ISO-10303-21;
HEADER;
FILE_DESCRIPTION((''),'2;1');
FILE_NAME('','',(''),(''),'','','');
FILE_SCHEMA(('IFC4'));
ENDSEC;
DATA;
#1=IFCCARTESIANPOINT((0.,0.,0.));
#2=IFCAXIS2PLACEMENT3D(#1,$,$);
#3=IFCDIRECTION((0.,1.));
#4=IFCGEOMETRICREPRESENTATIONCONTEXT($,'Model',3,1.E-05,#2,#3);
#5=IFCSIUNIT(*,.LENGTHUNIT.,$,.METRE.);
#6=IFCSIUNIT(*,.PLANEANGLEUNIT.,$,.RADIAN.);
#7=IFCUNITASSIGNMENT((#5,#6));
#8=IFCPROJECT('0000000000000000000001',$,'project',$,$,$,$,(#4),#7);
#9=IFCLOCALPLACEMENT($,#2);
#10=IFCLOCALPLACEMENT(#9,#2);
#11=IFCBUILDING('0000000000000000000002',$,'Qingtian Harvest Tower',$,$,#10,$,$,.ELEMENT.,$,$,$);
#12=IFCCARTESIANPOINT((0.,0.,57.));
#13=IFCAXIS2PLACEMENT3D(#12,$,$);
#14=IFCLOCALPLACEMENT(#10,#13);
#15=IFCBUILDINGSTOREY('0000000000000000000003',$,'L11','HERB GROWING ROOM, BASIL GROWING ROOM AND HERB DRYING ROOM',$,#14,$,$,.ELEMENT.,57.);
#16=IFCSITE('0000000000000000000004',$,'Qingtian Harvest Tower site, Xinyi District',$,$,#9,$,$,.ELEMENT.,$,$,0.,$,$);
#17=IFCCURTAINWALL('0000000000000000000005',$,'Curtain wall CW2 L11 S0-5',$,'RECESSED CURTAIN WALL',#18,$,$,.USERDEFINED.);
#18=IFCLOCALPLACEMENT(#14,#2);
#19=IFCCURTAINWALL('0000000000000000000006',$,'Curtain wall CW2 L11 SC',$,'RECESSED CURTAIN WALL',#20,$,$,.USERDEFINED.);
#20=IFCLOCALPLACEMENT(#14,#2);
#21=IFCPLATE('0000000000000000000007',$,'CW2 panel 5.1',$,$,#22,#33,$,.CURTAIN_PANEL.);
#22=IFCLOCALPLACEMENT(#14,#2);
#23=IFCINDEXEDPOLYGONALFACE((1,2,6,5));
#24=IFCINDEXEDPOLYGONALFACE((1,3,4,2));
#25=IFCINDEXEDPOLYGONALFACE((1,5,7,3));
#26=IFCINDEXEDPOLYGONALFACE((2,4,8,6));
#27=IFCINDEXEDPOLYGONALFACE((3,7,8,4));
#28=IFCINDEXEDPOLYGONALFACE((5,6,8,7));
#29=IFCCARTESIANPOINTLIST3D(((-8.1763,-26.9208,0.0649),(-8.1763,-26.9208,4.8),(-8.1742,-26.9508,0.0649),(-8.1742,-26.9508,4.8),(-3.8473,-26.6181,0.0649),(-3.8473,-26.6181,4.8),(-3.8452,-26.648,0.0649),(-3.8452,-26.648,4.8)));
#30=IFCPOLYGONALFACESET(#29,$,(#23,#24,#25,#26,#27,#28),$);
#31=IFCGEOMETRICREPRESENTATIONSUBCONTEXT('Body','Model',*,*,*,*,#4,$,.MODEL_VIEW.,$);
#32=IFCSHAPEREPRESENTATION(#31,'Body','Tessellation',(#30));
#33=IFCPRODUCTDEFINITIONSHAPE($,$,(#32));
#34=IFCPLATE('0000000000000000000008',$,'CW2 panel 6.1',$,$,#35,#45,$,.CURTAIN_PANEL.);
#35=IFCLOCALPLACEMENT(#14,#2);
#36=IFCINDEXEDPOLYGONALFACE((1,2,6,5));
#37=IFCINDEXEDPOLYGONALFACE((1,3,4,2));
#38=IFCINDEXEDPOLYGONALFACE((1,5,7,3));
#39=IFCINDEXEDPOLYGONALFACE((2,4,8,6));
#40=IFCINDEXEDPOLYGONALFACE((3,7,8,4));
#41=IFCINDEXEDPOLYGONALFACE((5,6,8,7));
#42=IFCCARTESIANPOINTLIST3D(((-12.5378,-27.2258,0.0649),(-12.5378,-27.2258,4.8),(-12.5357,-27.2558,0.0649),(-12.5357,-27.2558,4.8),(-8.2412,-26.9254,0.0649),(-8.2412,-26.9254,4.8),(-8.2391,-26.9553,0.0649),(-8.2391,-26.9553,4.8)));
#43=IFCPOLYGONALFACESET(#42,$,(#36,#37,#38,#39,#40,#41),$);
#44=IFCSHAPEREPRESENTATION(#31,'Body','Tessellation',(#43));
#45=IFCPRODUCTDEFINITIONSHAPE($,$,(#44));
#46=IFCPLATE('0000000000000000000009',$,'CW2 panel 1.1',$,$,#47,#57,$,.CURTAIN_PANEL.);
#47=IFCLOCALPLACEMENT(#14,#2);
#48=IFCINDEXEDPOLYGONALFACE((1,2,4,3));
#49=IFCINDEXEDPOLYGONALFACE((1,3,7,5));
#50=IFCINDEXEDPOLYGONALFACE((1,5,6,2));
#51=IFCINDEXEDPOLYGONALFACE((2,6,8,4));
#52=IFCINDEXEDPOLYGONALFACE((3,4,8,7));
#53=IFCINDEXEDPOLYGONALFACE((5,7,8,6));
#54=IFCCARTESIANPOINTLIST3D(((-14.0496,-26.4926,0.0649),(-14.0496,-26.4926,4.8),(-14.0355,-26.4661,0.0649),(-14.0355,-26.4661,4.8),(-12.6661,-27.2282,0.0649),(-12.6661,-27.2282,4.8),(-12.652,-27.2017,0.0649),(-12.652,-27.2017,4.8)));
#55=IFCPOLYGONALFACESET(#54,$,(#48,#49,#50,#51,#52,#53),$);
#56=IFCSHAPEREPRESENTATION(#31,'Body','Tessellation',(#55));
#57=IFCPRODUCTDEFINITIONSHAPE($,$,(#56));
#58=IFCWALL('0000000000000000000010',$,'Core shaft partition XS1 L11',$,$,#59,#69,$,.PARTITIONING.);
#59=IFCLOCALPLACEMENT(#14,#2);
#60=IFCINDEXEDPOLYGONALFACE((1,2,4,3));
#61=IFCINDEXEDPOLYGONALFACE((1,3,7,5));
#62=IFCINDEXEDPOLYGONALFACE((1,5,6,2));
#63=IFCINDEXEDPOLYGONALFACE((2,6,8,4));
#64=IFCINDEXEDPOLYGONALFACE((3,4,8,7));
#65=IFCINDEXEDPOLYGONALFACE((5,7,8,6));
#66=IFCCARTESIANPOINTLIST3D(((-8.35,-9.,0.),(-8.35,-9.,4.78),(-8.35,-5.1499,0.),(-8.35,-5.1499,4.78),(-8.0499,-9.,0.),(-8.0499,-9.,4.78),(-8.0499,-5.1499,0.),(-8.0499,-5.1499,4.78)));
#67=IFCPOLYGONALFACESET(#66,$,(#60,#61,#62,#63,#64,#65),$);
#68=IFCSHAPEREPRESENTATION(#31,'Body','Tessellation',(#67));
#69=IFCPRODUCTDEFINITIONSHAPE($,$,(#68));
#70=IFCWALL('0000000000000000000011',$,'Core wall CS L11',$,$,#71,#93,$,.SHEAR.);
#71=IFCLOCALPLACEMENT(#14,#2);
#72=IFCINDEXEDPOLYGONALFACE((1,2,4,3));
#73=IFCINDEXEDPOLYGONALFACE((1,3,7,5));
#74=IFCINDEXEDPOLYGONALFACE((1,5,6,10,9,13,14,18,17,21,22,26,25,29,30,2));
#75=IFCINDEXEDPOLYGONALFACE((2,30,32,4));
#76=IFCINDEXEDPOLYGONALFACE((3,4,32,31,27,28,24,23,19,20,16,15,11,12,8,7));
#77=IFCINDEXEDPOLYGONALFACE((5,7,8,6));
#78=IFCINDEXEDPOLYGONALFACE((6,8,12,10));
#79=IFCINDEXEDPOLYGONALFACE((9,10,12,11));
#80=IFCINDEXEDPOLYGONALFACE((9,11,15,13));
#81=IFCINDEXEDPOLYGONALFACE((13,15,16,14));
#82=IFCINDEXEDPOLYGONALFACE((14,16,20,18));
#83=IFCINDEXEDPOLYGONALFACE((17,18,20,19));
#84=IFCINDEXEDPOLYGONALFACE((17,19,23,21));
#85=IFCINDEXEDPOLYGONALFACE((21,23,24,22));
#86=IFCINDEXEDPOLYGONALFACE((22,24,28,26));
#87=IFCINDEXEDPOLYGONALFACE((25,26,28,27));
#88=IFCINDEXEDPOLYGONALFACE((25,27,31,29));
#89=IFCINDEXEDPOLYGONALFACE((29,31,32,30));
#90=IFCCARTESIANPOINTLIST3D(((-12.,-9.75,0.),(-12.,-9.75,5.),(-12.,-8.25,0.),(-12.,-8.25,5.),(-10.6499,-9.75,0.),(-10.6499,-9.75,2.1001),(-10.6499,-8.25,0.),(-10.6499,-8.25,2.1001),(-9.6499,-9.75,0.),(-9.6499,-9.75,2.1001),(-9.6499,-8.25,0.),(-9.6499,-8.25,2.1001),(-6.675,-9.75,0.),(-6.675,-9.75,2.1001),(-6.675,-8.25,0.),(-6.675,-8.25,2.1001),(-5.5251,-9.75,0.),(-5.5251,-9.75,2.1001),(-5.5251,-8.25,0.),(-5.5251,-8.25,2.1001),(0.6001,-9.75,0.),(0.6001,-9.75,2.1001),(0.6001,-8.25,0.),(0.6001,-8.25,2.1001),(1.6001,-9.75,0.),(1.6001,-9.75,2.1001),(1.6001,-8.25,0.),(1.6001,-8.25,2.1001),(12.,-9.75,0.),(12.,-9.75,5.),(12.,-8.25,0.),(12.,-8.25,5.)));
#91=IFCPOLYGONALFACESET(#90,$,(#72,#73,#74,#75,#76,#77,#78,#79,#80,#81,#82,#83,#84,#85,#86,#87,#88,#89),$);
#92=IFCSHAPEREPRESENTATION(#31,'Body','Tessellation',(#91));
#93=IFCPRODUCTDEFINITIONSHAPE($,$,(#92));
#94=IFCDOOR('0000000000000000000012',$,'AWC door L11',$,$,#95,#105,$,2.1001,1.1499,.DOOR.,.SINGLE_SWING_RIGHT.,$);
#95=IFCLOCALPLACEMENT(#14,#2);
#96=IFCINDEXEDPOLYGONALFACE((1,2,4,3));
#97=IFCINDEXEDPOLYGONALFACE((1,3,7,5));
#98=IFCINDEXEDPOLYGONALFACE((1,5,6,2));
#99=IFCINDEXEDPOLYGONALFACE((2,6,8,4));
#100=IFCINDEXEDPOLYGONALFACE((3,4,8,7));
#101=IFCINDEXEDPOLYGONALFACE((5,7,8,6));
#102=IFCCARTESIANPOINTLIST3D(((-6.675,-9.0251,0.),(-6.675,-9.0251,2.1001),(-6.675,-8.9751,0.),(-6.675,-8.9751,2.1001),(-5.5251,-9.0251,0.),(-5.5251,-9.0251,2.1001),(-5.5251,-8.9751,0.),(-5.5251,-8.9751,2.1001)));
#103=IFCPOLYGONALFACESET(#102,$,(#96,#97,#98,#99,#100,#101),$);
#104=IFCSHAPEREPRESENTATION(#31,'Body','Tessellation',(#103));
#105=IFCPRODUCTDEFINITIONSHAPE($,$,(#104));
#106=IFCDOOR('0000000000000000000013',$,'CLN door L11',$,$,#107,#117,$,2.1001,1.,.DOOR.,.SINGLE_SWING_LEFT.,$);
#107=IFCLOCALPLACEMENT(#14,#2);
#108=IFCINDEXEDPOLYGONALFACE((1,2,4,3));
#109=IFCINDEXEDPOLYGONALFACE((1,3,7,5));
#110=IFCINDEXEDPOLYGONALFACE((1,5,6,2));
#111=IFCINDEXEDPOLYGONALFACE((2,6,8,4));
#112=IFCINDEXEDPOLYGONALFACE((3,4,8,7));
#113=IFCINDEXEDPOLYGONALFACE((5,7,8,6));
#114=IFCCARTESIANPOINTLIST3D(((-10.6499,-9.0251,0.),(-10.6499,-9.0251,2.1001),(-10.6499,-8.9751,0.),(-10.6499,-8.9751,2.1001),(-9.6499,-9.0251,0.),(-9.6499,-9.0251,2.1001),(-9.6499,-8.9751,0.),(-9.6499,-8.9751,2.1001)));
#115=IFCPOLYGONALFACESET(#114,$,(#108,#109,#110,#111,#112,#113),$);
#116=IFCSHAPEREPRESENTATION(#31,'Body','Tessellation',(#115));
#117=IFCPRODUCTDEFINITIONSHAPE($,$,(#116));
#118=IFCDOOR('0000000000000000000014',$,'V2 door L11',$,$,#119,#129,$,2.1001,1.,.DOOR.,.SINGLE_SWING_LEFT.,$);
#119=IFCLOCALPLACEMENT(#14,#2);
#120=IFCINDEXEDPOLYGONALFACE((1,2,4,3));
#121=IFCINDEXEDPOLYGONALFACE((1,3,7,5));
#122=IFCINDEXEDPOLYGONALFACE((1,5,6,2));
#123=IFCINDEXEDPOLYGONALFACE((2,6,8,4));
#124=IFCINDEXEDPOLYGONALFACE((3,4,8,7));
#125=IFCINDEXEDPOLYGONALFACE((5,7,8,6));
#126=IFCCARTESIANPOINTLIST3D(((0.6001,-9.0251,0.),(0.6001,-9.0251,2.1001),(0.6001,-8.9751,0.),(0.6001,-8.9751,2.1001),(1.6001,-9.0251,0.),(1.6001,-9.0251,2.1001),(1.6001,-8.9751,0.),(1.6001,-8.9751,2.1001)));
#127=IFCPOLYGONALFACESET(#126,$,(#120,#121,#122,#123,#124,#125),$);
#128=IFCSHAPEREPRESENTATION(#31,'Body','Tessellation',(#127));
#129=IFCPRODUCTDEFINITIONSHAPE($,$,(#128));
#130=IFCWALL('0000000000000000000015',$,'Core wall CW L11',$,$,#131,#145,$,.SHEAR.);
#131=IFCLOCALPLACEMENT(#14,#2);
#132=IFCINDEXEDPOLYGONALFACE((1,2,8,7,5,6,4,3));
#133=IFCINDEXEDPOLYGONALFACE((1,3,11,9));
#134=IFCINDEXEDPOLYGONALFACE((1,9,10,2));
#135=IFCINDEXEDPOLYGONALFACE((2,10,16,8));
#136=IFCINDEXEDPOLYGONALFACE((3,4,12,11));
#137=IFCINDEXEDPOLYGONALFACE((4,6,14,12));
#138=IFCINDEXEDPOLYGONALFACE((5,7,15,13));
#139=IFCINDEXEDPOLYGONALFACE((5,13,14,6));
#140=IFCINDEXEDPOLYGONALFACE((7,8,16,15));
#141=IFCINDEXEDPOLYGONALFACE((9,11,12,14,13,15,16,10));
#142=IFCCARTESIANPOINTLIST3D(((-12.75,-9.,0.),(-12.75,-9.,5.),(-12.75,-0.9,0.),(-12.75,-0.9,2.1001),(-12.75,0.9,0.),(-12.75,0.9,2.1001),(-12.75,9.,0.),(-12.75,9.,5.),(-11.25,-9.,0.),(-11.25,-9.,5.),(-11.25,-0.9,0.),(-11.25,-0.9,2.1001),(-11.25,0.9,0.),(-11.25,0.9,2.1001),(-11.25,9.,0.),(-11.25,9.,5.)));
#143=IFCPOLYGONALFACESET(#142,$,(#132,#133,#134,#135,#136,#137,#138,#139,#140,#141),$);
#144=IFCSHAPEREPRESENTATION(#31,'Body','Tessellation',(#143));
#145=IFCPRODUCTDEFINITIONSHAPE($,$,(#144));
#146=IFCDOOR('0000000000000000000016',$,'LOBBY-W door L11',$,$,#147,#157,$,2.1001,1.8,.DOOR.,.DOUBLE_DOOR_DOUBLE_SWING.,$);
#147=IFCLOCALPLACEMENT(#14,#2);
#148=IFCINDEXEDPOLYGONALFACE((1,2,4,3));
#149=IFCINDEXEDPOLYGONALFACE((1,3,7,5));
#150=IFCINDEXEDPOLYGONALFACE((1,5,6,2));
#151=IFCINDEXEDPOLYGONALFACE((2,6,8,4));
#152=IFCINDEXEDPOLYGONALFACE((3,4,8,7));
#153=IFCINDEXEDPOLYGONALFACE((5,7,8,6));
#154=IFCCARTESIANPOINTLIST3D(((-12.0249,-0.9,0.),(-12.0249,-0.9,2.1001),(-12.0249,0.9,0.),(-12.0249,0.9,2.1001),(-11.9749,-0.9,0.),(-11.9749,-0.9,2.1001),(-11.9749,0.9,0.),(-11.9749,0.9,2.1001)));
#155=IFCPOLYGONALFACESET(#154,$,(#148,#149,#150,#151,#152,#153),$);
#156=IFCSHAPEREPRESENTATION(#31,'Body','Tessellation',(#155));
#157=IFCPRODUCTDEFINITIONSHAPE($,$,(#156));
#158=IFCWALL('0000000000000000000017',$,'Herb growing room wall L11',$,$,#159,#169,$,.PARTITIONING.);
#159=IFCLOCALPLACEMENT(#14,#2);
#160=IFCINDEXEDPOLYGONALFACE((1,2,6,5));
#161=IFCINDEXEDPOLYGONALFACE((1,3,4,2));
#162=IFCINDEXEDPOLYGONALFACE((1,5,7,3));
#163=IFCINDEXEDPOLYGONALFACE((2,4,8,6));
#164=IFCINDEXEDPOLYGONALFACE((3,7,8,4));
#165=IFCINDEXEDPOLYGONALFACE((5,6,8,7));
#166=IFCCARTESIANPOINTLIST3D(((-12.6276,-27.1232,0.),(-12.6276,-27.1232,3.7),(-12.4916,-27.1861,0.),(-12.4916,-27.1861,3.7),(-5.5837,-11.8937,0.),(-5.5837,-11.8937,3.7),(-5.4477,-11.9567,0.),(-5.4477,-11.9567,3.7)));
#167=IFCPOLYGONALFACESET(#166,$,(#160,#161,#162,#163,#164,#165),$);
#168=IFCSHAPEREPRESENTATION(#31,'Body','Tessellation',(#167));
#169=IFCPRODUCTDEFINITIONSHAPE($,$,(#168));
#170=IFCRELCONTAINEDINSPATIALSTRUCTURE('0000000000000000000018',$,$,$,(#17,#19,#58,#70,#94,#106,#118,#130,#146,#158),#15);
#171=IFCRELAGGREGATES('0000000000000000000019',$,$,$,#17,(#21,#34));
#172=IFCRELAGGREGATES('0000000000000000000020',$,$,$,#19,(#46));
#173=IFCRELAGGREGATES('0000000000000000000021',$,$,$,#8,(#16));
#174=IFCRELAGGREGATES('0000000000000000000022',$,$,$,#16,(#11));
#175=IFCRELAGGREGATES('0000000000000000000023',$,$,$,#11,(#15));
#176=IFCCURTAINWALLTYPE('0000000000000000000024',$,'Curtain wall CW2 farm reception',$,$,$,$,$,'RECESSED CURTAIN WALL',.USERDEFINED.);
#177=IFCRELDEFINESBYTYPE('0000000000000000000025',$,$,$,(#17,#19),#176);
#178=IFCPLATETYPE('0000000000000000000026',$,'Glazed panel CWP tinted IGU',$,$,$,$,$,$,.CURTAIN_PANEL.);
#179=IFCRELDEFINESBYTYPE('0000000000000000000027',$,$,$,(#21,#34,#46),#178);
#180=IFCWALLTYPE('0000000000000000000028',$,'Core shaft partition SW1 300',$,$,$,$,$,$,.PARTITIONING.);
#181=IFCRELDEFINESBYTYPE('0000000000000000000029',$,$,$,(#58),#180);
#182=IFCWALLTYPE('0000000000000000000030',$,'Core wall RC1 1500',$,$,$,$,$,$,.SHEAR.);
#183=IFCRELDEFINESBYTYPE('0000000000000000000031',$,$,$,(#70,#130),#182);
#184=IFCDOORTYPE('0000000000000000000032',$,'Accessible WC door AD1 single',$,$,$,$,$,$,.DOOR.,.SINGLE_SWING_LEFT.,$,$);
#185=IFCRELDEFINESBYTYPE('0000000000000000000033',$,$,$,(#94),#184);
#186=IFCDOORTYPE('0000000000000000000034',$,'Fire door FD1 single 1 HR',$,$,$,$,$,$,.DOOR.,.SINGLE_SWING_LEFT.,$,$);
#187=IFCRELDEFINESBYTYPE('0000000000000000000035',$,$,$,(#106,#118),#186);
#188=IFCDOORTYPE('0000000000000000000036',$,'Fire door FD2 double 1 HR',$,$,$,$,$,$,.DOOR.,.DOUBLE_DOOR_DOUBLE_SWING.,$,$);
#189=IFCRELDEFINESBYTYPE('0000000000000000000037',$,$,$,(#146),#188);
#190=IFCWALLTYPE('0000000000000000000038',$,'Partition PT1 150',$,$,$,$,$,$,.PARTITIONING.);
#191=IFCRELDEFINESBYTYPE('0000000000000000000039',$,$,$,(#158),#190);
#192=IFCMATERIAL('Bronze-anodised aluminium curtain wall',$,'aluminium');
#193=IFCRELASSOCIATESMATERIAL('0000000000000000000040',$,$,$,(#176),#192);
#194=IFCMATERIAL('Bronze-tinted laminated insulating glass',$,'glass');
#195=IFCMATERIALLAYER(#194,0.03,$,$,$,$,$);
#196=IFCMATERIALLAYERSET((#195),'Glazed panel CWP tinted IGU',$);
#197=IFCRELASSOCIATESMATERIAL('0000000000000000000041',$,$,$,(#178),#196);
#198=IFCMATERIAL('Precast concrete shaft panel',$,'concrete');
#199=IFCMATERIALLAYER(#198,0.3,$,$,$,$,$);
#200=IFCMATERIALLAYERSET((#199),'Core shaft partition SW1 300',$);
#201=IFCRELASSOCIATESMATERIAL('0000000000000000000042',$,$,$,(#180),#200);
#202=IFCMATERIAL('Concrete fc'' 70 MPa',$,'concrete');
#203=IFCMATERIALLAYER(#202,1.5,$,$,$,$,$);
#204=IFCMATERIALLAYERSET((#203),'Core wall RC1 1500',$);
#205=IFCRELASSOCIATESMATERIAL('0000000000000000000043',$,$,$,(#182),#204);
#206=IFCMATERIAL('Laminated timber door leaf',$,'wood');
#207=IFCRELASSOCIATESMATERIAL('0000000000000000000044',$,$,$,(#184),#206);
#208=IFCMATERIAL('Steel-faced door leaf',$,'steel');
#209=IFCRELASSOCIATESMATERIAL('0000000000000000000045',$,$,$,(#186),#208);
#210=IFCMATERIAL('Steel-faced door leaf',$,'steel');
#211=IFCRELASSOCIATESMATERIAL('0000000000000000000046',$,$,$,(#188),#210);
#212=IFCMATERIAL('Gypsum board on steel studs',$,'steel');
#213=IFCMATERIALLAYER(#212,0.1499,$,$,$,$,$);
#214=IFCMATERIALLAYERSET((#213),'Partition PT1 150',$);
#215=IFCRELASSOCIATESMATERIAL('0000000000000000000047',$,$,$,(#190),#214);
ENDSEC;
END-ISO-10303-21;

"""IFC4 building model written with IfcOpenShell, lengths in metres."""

from ifc_helpers import new_model, si_unit, direction, frame, frame_2d, origin, origin_2d, place, context, subcontext, project, spatial, rectangle, extrude, material, layer, layer_set, type_object, element, fill, aggregate, save


model = new_model("IFC4")

# Units and contexts
model_context = context("Model", 3, precision=1e-05, world=origin(), true_north=direction((0.0, 1.0)))
body_context = subcontext(model_context, "Body", "Model", "MODEL_VIEW")
ifc_project = project(units=[si_unit("LENGTHUNIT", "METRE"), si_unit("PLANEANGLEUNIT", "RADIAN")], contexts=[model_context])

# Site, building, storey
site_placement = place(None, origin())
site = spatial("IfcSite", under=ifc_project, at=site_placement, Name="Qingtian Harvest Tower site, Xinyi District", CompositionType="ELEMENT", RefElevation=0.0)
building_placement = place(site_placement, origin())
building = spatial("IfcBuilding", under=site, at=building_placement, Name="Qingtian Harvest Tower", CompositionType="ELEMENT")
storey_placement = place(building_placement, frame((0.0, 0.0, 57.0)))
storey = spatial("IfcBuildingStorey", under=building, at=storey_placement, Name="L11", Description="HERB GROWING ROOM, BASIL GROWING ROOM AND HERB DRYING ROOM", CompositionType="ELEMENT", Elevation=57.0)

# Curtain walls
ifc_material_1 = material(Name="Bronze-anodised aluminium curtain wall", Category="aluminium")
curtain_wall_type = type_object("IfcCurtainWallType", Name="Curtain wall CW2 farm reception", ElementType="RECESSED CURTAIN WALL", PredefinedType="USERDEFINED", material=ifc_material_1)
curtain_wall_1_placement = place(storey_placement, origin())
curtain_wall_1 = element("IfcCurtainWall", 1, at=curtain_wall_1_placement, inside=storey, type_object=curtain_wall_type, Name="Curtain wall CW2 L11 S0-5", ObjectType="RECESSED CURTAIN WALL", PredefinedType="USERDEFINED")
curtain_wall_2_placement = place(storey_placement, origin())
curtain_wall_2 = element("IfcCurtainWall", 2, at=curtain_wall_2_placement, inside=storey, type_object=curtain_wall_type, Name="Curtain wall CW2 L11 SC", ObjectType="RECESSED CURTAIN WALL", PredefinedType="USERDEFINED")

# Plates
ifc_material_2 = material(Name="Bronze-tinted laminated insulating glass", Category="glass")
ifc_layer_1 = layer(ifc_material_2, 0.03)
ifc_layer_set_1 = layer_set([ifc_layer_1], Name="Glazed panel CWP tinted IGU")
plate_type = type_object("IfcPlateType", Name="Glazed panel CWP tinted IGU", PredefinedType="CURTAIN_PANEL", material=ifc_layer_set_1)
plate_1_placement = place(storey_placement, frame((-6.0107, -26.7844, 0.0649), z_axis=(0.0, 0.0, 1.0), x_axis=(-0.997564, -0.069756, 0.0)))
plate_1 = element("IfcPlate", 3, at=plate_1_placement, type_object=plate_type, Name="CW2 panel 5.1", PredefinedType="CURTAIN_PANEL", context=body_context, shape_type="SweptSolid", body=[
    extrude(rectangle(XDim=4.3396, YDim=0.03, at=origin_2d()), origin(), (0.0, 0.0, 1.0), 4.7351),
])
plate_2_placement = place(storey_placement, frame((-10.3884, -27.0906, 0.0649), z_axis=(0.0, 0.0, 1.0), x_axis=(-0.997564, -0.069756, 0.0)))
plate_2 = element("IfcPlate", 4, at=plate_2_placement, type_object=plate_type, Name="CW2 panel 6.1", PredefinedType="CURTAIN_PANEL", context=body_context, shape_type="SweptSolid", body=[
    extrude(rectangle(XDim=4.3071, YDim=0.03, at=origin_2d()), origin(), (0.0, 0.0, 1.0), 4.7351),
])
aggregate(curtain_wall_1, [plate_1, plate_2])
plate_3_placement = place(storey_placement, frame((-13.3508, -26.8472, 0.0649), z_axis=(0.0, 0.0, 1.0), x_axis=(-0.882948, 0.469472, 0.0)))
plate_3 = element("IfcPlate", 5, at=plate_3_placement, type_object=plate_type, Name="CW2 panel 1.1", PredefinedType="CURTAIN_PANEL", context=body_context, shape_type="SweptSolid", body=[
    extrude(rectangle(XDim=1.5669, YDim=0.03, at=origin_2d()), origin(), (0.0, 0.0, 1.0), 4.7351),
])
aggregate(curtain_wall_2, [plate_3])

# Wall
ifc_material_3 = material(Name="Precast concrete shaft panel", Category="concrete")
ifc_layer_2 = layer(ifc_material_3, 0.3)
ifc_layer_set_2 = layer_set([ifc_layer_2], Name="Core shaft partition SW1 300")
wall_type_1 = type_object("IfcWallType", Name="Core shaft partition SW1 300", PredefinedType="PARTITIONING", material=ifc_layer_set_2)
wall_1_placement = place(storey_placement, frame((-8.2, -9.0, 0.0), z_axis=(0.0, 0.0, 1.0), x_axis=(0.0, 1.0, 0.0)))
element("IfcWall", 6, at=wall_1_placement, inside=storey, type_object=wall_type_1, Name="Core shaft partition XS1 L11", PredefinedType="PARTITIONING", context=body_context, shape_type="SweptSolid", body=[
    extrude(rectangle(XDim=3.8501, YDim=0.3, at=frame_2d((1.925, 0.0))), origin(), (0.0, 0.0, 1.0), 4.78),
])

# Wall, openings, doors
ifc_material_4 = material(Name="Concrete fc' 70 MPa", Category="concrete")
ifc_layer_3 = layer(ifc_material_4, 1.5)
ifc_layer_set_3 = layer_set([ifc_layer_3], Name="Core wall RC1 1500")
wall_type_2 = type_object("IfcWallType", Name="Core wall RC1 1500", PredefinedType="SHEAR", material=ifc_layer_set_3)
wall_2_placement = place(storey_placement, frame((-12.0, -9.0, 0.0), z_axis=(0.0, 0.0, 1.0), x_axis=(1.0, 0.0, 0.0)))
wall_2 = element("IfcWall", 7, at=wall_2_placement, inside=storey, type_object=wall_type_2, Name="Core wall CS L11", PredefinedType="SHEAR", context=body_context, shape_type="SweptSolid", body=[
    extrude(rectangle(XDim=24.0, YDim=1.5, at=frame_2d((12.0, 0.0))), origin(), (0.0, 0.0, 1.0), 5.0),
])
opening_1_placement = place(wall_2_placement, frame((1.3501, 0.0, 0.0)))
opening_1 = element("IfcOpeningElement", 8, at=opening_1_placement, cuts=wall_2, PredefinedType="OPENING", context=body_context, shape_type="SweptSolid", body=[
    extrude(rectangle(XDim=1.0, YDim=2.1001, at=frame_2d((0.5, 1.05))), frame((0.0, 0.76, 0.0), z_axis=(0.0, -1.0, 0.0), x_axis=(1.0, 0.0, 0.0)), (0.0, 0.0, 1.0), 1.52),
])
opening_2_placement = place(wall_2_placement, frame((5.325, 0.0, 0.0)))
opening_2 = element("IfcOpeningElement", 9, at=opening_2_placement, cuts=wall_2, PredefinedType="OPENING", context=body_context, shape_type="SweptSolid", body=[
    extrude(rectangle(XDim=1.1499, YDim=2.1001, at=frame_2d((0.575, 1.05))), frame((0.0, 0.76, 0.0), z_axis=(0.0, -1.0, 0.0), x_axis=(1.0, 0.0, 0.0)), (0.0, 0.0, 1.0), 1.52),
])
opening_3_placement = place(wall_2_placement, frame((12.6001, 0.0, 0.0)))
opening_3 = element("IfcOpeningElement", 10, at=opening_3_placement, cuts=wall_2, PredefinedType="OPENING", context=body_context, shape_type="SweptSolid", body=[
    extrude(rectangle(XDim=1.0, YDim=2.1001, at=frame_2d((0.5, 1.05))), frame((0.0, 0.76, 0.0), z_axis=(0.0, -1.0, 0.0), x_axis=(1.0, 0.0, 0.0)), (0.0, 0.0, 1.0), 1.52),
])
ifc_material_5 = material(Name="Laminated timber door leaf", Category="wood")
door_type_1 = type_object("IfcDoorType", Name="Accessible WC door AD1 single", OperationType="SINGLE_SWING_LEFT", PredefinedType="DOOR", material=ifc_material_5)
door_1_placement = place(opening_2_placement, origin())
door_1 = element("IfcDoor", 11, at=door_1_placement, inside=storey, type_object=door_type_1, Name="AWC door L11", OperationType="SINGLE_SWING_RIGHT", OverallHeight=2.1001, OverallWidth=1.1499, PredefinedType="DOOR", context=body_context, shape_type="SweptSolid", body=[
    extrude(rectangle(XDim=1.1499, YDim=2.1001, at=frame_2d((0.575, 1.05))), frame((0.0, 0.0249, 0.0), z_axis=(0.0, -1.0, 0.0), x_axis=(1.0, 0.0, 0.0)), (0.0, 0.0, 1.0), 0.05),
])
fill(opening_2, door_1)
ifc_material_6 = material(Name="Steel-faced door leaf", Category="steel")
door_type_2 = type_object("IfcDoorType", Name="Fire door FD1 single 1 HR", OperationType="SINGLE_SWING_LEFT", PredefinedType="DOOR", material=ifc_material_6)
door_2_placement = place(opening_1_placement, origin())
door_2 = element("IfcDoor", 12, at=door_2_placement, inside=storey, type_object=door_type_2, Name="CLN door L11", OperationType="SINGLE_SWING_LEFT", OverallHeight=2.1001, OverallWidth=1.0, PredefinedType="DOOR", context=body_context, shape_type="SweptSolid", body=[
    extrude(rectangle(XDim=1.0, YDim=2.1001, at=frame_2d((0.5, 1.05))), frame((0.0, 0.0249, 0.0), z_axis=(0.0, -1.0, 0.0), x_axis=(1.0, 0.0, 0.0)), (0.0, 0.0, 1.0), 0.05),
])
fill(opening_1, door_2)
door_3_placement = place(opening_3_placement, origin())
door_3 = element("IfcDoor", 13, at=door_3_placement, inside=storey, type_object=door_type_2, Name="V2 door L11", OperationType="SINGLE_SWING_LEFT", OverallHeight=2.1001, OverallWidth=1.0, PredefinedType="DOOR", context=body_context, shape_type="SweptSolid", body=[
    extrude(rectangle(XDim=1.0, YDim=2.1001, at=frame_2d((0.5, 1.05))), frame((0.0, 0.0249, 0.0), z_axis=(0.0, -1.0, 0.0), x_axis=(1.0, 0.0, 0.0)), (0.0, 0.0, 1.0), 0.05),
])
fill(opening_3, door_3)

# Wall, opening, door
wall_3_placement = place(storey_placement, frame((-12.0, -9.0, 0.0), z_axis=(0.0, 0.0, 1.0), x_axis=(0.0, 1.0, 0.0)))
wall_3 = element("IfcWall", 14, at=wall_3_placement, inside=storey, type_object=wall_type_2, Name="Core wall CW L11", PredefinedType="SHEAR", context=body_context, shape_type="SweptSolid", body=[
    extrude(rectangle(XDim=18.0, YDim=1.5, at=frame_2d((9.0, 0.0))), origin(), (0.0, 0.0, 1.0), 5.0),
])
opening_4_placement = place(wall_3_placement, frame((8.1001, 0.0, 0.0)))
opening_4 = element("IfcOpeningElement", 15, at=opening_4_placement, cuts=wall_3, PredefinedType="OPENING", context=body_context, shape_type="SweptSolid", body=[
    extrude(rectangle(XDim=1.8, YDim=2.1001, at=frame_2d((0.8999, 1.05))), frame((0.0, 0.76, 0.0), z_axis=(0.0, -1.0, 0.0), x_axis=(1.0, 0.0, 0.0)), (0.0, 0.0, 1.0), 1.52),
])
ifc_material_7 = material(Name="Steel-faced door leaf", Category="steel")
door_type_3 = type_object("IfcDoorType", Name="Fire door FD2 double 1 HR", OperationType="DOUBLE_DOOR_DOUBLE_SWING", PredefinedType="DOOR", material=ifc_material_7)
door_4_placement = place(opening_4_placement, origin())
door_4 = element("IfcDoor", 16, at=door_4_placement, inside=storey, type_object=door_type_3, Name="LOBBY-W door L11", OperationType="DOUBLE_DOOR_DOUBLE_SWING", OverallHeight=2.1001, OverallWidth=1.8, PredefinedType="DOOR", context=body_context, shape_type="SweptSolid", body=[
    extrude(rectangle(XDim=1.8, YDim=2.1001, at=frame_2d((0.8999, 1.05))), frame((0.0, 0.0249, 0.0), z_axis=(0.0, -1.0, 0.0), x_axis=(1.0, 0.0, 0.0)), (0.0, 0.0, 1.0), 0.05),
])
fill(opening_4, door_4)

# Wall
ifc_material_8 = material(Name="Gypsum board on steel studs", Category="steel")
ifc_layer_4 = layer(ifc_material_8, 0.1499)
ifc_layer_set_4 = layer_set([ifc_layer_4], Name="Partition PT1 150")
wall_type_3 = type_object("IfcWallType", Name="Partition PT1 150", PredefinedType="PARTITIONING", material=ifc_layer_set_4)
wall_4_placement = place(storey_placement, frame((-12.5596, -27.1545, 0.0), z_axis=(0.0, 0.0, 1.0), x_axis=(0.419792, 0.90762, 0.0)))
element("IfcWall", 17, at=wall_4_placement, inside=storey, type_object=wall_type_3, Name="Herb growing room wall L11", PredefinedType="PARTITIONING", context=body_context, shape_type="SweptSolid", body=[
    extrude(rectangle(XDim=16.7795, YDim=0.1499, at=frame_2d((8.3896, 0.0))), origin(), (0.0, 0.0, 1.0), 3.7),
])

save(model, "model.ifc")
